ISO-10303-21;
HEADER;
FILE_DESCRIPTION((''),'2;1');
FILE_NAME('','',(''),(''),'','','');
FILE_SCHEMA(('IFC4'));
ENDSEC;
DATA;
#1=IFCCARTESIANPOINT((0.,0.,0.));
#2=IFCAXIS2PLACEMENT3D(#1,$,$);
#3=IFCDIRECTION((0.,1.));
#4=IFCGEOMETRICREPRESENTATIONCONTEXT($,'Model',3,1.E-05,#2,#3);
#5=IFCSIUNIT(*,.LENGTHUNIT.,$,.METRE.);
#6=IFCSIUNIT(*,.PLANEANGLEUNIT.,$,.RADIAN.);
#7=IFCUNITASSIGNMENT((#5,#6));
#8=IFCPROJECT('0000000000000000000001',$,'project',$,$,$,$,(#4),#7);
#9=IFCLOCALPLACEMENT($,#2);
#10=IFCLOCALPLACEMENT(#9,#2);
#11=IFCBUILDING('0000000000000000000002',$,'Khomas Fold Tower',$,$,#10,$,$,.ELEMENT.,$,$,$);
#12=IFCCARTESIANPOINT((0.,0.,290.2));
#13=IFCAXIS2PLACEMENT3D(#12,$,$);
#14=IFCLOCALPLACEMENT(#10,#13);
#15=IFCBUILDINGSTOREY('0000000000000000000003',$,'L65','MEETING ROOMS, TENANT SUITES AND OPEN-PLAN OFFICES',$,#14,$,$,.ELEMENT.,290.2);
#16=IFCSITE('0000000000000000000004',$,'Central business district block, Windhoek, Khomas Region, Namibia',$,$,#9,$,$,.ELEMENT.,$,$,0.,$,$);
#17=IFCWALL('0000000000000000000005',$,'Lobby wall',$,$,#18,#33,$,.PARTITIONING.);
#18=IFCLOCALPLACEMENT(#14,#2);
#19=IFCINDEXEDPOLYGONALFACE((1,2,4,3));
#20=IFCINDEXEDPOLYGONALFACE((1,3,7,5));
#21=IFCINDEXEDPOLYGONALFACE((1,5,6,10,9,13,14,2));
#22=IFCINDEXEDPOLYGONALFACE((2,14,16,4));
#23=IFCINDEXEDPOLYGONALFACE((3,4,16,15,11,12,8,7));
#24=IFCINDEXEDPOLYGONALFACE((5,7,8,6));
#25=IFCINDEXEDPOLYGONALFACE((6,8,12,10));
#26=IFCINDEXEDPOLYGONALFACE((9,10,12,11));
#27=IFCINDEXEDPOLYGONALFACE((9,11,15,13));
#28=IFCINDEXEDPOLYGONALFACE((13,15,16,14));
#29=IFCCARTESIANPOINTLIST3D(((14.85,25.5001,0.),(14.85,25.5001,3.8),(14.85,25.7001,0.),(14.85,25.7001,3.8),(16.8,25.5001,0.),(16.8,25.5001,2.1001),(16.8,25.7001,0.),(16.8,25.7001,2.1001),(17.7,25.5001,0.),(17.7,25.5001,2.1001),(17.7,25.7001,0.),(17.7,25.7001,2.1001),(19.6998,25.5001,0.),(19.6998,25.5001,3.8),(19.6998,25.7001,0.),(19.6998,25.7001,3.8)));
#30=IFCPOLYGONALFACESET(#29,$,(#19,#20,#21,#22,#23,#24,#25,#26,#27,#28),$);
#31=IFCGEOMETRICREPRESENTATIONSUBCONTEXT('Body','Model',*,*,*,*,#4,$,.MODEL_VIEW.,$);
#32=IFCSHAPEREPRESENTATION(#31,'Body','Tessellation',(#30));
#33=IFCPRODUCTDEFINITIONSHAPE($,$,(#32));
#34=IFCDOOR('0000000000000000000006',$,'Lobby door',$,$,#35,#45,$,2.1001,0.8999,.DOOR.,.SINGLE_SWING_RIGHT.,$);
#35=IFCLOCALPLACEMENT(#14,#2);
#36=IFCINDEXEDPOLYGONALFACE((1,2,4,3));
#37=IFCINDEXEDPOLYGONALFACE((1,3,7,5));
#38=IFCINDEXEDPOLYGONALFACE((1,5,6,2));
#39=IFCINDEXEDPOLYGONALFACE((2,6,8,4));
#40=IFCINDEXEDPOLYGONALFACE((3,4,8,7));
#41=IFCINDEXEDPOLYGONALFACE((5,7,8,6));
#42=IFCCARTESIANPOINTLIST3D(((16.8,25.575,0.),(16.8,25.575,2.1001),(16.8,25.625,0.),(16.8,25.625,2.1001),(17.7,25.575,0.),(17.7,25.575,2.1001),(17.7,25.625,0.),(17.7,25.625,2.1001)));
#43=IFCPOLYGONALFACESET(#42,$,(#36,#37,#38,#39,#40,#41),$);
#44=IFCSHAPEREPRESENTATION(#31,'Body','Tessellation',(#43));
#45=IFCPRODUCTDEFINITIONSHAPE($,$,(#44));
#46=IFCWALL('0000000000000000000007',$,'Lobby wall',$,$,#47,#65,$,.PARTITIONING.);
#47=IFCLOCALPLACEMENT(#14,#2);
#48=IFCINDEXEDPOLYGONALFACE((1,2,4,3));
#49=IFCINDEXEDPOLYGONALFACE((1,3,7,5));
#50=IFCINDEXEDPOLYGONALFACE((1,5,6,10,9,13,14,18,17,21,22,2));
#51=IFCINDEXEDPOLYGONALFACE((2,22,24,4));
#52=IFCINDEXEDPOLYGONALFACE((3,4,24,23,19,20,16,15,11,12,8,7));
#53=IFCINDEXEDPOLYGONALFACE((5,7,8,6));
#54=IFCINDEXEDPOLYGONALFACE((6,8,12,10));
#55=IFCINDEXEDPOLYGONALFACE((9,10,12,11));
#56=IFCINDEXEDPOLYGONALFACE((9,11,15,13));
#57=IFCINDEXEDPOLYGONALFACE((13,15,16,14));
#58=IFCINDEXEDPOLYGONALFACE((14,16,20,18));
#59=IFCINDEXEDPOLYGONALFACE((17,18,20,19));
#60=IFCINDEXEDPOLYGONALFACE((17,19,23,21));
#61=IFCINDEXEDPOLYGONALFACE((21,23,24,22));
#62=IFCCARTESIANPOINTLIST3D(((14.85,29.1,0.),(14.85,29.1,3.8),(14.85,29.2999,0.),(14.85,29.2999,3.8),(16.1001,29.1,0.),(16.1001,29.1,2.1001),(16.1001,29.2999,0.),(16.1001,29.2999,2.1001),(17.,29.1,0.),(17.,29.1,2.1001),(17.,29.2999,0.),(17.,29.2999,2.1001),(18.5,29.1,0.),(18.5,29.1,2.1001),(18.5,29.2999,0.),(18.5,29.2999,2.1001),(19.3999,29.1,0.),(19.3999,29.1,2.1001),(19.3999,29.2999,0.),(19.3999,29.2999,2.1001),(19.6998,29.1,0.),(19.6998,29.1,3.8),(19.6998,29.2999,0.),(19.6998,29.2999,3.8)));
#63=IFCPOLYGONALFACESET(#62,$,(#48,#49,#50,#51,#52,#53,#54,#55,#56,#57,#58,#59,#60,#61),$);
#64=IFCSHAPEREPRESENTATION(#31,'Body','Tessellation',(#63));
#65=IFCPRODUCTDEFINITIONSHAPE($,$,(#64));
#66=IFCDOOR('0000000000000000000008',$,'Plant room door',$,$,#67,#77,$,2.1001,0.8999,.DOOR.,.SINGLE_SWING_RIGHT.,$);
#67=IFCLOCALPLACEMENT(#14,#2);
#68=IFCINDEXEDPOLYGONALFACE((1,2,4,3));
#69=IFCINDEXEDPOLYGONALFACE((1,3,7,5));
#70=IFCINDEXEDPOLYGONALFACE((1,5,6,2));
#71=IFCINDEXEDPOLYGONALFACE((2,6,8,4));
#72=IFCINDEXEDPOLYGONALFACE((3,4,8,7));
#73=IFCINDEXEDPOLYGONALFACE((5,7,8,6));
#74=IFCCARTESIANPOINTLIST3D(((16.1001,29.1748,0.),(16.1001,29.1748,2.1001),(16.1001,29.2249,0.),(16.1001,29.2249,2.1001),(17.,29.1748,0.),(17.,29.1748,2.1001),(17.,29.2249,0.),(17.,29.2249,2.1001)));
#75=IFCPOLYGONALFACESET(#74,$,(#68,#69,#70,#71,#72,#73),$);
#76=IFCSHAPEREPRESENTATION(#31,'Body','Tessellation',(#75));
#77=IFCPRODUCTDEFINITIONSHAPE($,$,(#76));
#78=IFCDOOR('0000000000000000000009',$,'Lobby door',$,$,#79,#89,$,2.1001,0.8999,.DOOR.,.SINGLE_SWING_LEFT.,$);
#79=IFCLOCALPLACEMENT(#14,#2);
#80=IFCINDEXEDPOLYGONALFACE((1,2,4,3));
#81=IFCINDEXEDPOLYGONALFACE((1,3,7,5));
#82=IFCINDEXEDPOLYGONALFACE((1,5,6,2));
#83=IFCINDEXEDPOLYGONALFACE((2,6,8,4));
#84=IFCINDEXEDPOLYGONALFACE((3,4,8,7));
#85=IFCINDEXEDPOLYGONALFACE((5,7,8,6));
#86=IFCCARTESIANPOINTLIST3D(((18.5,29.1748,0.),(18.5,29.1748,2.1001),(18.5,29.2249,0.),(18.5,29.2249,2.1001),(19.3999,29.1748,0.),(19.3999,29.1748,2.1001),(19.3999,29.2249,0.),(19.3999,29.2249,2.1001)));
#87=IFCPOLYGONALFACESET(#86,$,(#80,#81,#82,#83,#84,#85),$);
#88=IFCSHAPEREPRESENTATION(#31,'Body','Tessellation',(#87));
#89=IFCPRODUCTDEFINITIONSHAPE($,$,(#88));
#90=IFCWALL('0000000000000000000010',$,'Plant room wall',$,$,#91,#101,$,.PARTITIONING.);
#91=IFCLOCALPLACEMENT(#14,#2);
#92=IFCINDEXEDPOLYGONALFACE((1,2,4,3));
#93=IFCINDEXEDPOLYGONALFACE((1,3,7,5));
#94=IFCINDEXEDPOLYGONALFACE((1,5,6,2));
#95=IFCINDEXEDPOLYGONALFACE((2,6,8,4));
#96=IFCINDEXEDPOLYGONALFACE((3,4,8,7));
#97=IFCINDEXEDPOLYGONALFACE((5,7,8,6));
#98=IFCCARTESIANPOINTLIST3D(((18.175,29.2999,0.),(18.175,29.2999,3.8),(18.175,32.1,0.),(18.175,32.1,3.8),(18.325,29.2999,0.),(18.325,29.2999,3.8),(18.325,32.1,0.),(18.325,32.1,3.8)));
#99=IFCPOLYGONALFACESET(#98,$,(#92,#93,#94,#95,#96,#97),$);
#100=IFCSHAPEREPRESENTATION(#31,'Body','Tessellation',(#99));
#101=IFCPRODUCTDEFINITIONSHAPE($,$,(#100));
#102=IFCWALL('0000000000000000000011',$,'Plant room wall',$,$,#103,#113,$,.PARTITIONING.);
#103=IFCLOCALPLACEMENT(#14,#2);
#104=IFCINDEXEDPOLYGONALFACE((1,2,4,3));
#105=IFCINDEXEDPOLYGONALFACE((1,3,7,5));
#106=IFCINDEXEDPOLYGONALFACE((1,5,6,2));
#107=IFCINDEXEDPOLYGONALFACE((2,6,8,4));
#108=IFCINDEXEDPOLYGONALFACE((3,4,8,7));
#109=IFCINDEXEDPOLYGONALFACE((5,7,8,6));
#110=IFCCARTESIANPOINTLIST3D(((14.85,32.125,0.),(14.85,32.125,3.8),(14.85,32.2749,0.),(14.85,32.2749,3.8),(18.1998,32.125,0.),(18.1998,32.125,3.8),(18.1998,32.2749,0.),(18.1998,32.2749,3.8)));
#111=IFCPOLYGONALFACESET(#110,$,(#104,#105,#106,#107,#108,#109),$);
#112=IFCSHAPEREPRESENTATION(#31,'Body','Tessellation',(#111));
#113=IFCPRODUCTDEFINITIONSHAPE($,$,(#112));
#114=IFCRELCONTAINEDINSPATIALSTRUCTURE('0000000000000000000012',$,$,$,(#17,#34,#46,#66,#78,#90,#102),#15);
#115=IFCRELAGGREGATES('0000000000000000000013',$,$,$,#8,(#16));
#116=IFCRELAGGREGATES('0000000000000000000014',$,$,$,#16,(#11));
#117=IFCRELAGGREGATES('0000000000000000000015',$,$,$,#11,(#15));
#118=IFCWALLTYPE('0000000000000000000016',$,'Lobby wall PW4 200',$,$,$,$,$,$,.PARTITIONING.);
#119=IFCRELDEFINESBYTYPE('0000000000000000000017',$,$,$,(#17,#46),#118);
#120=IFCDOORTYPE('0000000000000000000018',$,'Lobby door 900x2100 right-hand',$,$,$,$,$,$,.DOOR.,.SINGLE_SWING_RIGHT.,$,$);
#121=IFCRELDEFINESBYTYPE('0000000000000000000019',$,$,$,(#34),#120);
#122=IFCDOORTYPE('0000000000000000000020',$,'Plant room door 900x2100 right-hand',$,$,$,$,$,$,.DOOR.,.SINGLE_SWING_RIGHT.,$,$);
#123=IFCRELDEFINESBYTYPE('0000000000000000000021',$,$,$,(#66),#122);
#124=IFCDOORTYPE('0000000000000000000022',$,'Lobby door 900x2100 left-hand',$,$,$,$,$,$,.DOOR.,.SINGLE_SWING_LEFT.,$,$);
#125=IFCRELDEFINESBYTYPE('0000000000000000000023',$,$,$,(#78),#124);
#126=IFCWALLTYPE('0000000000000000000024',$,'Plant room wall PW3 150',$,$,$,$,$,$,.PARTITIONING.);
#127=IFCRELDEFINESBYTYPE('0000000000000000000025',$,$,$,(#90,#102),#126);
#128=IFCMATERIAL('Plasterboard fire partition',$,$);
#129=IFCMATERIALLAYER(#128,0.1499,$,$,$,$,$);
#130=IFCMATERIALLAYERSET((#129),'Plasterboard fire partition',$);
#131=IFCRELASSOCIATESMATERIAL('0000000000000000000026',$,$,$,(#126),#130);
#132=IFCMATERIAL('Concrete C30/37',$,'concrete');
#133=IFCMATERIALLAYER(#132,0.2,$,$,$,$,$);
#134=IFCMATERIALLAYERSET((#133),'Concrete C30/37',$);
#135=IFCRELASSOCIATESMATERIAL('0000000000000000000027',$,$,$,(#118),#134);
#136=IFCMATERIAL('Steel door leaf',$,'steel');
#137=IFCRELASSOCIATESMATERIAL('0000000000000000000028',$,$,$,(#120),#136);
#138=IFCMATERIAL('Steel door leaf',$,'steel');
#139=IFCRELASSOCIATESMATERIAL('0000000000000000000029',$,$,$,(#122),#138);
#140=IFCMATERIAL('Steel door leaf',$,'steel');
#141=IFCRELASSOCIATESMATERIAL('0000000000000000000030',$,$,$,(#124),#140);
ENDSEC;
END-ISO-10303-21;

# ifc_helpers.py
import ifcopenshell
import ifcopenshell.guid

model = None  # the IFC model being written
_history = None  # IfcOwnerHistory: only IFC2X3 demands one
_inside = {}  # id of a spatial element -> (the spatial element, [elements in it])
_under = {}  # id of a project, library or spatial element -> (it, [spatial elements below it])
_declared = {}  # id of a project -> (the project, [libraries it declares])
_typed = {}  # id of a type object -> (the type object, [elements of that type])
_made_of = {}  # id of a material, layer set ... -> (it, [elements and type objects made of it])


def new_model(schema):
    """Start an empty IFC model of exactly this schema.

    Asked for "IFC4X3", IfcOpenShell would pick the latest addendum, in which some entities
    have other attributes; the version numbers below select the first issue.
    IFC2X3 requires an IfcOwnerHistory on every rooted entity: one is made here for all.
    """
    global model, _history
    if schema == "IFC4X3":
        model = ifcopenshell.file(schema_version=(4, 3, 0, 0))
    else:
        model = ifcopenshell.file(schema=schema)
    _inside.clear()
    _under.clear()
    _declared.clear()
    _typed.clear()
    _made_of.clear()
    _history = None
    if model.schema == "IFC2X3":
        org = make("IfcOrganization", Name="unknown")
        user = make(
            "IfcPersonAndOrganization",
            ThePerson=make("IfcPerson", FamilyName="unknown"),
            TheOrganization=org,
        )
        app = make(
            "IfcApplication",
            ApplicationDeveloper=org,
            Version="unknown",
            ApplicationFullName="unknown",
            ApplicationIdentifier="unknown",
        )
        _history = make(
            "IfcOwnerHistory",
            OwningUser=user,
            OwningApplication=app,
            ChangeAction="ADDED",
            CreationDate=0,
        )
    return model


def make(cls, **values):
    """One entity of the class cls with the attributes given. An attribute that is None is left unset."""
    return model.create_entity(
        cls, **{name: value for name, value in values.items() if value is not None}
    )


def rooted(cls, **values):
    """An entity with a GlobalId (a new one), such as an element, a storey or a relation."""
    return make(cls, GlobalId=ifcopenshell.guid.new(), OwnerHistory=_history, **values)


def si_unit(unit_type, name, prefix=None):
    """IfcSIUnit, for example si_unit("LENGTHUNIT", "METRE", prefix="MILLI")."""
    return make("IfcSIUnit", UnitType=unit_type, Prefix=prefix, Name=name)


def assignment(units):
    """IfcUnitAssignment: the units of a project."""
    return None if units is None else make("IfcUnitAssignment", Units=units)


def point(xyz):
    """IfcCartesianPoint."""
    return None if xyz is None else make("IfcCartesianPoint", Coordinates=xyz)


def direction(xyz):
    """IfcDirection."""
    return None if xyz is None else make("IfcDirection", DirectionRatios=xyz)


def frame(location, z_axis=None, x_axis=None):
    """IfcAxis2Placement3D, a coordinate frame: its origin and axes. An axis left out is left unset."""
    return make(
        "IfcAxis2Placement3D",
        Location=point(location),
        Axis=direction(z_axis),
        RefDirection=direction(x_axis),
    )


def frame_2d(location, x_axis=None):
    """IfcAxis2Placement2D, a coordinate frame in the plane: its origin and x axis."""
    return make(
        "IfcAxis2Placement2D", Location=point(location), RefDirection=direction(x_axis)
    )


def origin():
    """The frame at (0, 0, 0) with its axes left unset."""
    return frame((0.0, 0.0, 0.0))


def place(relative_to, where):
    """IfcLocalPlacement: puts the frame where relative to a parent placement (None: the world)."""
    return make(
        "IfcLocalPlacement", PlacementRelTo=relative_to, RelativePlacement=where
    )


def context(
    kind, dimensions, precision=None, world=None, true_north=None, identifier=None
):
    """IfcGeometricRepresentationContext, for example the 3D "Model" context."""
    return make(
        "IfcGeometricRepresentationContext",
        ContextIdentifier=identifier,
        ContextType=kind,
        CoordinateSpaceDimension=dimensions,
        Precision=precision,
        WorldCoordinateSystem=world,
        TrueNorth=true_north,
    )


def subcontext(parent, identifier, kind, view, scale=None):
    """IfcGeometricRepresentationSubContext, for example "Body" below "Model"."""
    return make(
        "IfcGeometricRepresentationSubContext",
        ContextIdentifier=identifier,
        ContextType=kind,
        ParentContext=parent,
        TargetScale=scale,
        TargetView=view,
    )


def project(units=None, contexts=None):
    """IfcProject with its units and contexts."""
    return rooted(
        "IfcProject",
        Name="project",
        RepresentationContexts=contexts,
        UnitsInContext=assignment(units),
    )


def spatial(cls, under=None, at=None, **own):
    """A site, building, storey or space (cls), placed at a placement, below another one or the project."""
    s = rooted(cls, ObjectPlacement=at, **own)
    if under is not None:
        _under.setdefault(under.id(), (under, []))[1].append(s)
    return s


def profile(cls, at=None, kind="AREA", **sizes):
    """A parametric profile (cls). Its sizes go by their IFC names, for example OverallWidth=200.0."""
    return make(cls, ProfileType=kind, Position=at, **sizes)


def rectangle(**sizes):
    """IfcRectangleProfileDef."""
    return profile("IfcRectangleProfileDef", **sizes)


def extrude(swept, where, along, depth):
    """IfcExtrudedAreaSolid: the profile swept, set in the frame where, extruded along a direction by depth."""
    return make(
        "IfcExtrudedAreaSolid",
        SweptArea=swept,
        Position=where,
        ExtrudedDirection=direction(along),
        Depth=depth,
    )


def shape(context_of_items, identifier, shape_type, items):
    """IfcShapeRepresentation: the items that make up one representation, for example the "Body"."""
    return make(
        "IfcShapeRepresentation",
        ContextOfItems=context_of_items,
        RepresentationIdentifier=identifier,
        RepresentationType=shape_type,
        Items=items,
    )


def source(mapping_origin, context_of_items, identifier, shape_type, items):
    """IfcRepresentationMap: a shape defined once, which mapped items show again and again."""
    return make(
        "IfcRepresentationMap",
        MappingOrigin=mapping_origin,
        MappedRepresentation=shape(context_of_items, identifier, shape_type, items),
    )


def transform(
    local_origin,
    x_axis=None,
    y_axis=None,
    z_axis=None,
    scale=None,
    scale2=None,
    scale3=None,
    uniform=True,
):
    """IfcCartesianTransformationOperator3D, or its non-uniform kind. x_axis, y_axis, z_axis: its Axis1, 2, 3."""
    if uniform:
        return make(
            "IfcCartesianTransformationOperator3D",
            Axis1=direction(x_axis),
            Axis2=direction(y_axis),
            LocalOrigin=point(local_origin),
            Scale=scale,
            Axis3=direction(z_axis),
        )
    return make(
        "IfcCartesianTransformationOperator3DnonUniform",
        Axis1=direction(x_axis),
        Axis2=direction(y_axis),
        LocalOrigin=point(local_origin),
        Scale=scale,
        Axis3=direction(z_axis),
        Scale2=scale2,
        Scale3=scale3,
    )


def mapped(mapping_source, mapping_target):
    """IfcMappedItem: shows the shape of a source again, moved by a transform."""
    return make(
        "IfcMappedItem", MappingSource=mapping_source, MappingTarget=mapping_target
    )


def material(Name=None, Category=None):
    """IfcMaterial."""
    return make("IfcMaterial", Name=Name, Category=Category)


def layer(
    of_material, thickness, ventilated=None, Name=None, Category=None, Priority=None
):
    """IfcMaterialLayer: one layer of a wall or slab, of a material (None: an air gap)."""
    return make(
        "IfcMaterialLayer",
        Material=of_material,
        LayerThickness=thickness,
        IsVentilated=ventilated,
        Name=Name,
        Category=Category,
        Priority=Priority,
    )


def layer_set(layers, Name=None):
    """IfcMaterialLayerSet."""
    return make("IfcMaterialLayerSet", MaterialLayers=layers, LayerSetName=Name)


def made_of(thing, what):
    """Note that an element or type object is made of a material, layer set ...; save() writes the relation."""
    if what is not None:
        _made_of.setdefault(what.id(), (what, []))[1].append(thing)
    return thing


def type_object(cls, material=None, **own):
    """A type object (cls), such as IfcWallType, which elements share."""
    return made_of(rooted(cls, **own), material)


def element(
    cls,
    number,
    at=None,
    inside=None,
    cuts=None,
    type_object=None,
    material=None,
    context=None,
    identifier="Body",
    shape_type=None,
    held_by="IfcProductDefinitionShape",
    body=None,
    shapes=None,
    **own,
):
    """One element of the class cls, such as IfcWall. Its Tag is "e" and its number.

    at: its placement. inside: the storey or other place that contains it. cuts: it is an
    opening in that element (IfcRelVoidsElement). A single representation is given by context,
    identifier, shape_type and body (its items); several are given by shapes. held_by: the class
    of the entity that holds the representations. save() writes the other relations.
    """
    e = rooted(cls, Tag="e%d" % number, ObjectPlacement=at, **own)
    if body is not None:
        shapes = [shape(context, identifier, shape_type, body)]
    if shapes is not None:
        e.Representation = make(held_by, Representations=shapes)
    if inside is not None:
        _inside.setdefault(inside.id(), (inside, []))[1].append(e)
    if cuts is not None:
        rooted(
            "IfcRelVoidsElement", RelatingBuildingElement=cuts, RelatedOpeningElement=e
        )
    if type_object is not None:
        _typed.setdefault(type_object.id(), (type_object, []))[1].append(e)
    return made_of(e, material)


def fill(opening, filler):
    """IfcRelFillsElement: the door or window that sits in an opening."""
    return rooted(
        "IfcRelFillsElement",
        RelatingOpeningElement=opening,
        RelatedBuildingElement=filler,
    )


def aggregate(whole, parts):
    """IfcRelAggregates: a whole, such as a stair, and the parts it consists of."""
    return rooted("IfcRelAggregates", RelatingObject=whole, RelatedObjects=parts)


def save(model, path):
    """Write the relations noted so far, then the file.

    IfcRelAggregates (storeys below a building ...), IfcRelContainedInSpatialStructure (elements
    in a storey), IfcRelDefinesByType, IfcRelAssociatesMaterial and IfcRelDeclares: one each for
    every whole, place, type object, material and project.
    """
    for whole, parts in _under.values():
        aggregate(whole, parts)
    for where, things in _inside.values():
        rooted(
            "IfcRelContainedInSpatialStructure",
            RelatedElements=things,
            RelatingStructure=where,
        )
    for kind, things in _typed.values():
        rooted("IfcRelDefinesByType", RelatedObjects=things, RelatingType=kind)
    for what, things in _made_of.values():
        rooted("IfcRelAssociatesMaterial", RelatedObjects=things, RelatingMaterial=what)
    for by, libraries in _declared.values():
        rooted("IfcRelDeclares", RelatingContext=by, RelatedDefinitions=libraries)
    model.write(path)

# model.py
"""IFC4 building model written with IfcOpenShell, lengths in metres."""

from ifc_helpers import new_model, si_unit, direction, frame, frame_2d, origin, place, context, subcontext, project, spatial, rectangle, extrude, source, transform, mapped, material, layer, layer_set, type_object, element, fill, save


model = new_model("IFC4")

# Units and contexts
model_context = context("Model", 3, precision=1e-05, world=origin(), true_north=direction((0.0, 1.0)))
body_context = subcontext(model_context, "Body", "Model", "MODEL_VIEW")
ifc_project = project(units=[si_unit("LENGTHUNIT", "METRE"), si_unit("PLANEANGLEUNIT", "RADIAN")], contexts=[model_context])

# Site, building, storey
site_placement = place(None, origin())
site = spatial("IfcSite", under=ifc_project, at=site_placement, Name="Central business district block, Windhoek, Khomas Region, Namibia", CompositionType="ELEMENT", RefElevation=0.0)
building_placement = place(site_placement, origin())
building = spatial("IfcBuilding", under=site, at=building_placement, Name="Khomas Fold Tower", CompositionType="ELEMENT")
storey_placement = place(building_placement, frame((0.0, 0.0, 290.2)))
storey = spatial("IfcBuildingStorey", under=building, at=storey_placement, Name="L65", Description="MEETING ROOMS, TENANT SUITES AND OPEN-PLAN OFFICES", CompositionType="ELEMENT", Elevation=290.2)

# Shared definitions
ifc_material_1 = material(Name="Plasterboard fire partition")
ifc_layer_1 = layer(ifc_material_1, 0.1499)
ifc_layer_set_1 = layer_set([ifc_layer_1], Name="Plasterboard fire partition")
wall_type_1 = type_object("IfcWallType", Name="Plant room wall PW3 150", PredefinedType="PARTITIONING", material=ifc_layer_set_1)

# Wall, opening, door
ifc_material_2 = material(Name="Concrete C30/37", Category="concrete")
ifc_layer_2 = layer(ifc_material_2, 0.2)
ifc_layer_set_2 = layer_set([ifc_layer_2], Name="Concrete C30/37")
wall_type_2 = type_object("IfcWallType", Name="Lobby wall PW4 200", PredefinedType="PARTITIONING", material=ifc_layer_set_2)
shared_shape_1 = source(origin(), body_context, "Body", "SweptSolid", [
    extrude(rectangle(XDim=4.8499, YDim=0.2, at=frame_2d((2.4248, 0.0))), origin(), (0.0, 0.0, 1.0), 3.8),
])
wall_1_placement = place(storey_placement, frame((14.8501, 25.6001, 0.0), z_axis=(0.0, 0.0, 1.0), x_axis=(1.0, 0.0, 0.0)))
wall_1 = element("IfcWall", 1, at=wall_1_placement, inside=storey, type_object=wall_type_2, Name="Lobby wall", PredefinedType="PARTITIONING", context=body_context, shape_type="MappedRepresentation", body=[
    mapped(shared_shape_1, transform((0.0, 0.0, 0.0))),
])
shared_shape_2 = source(origin(), body_context, "Body", "SweptSolid", [
    extrude(rectangle(XDim=0.8999, YDim=2.1001, at=frame_2d((0.45, 1.05))), frame((0.0, 0.1099, 0.0), z_axis=(0.0, -1.0, 0.0), x_axis=(1.0, 0.0, 0.0)), (0.0, 0.0, 1.0), 0.22),
])
opening_1_placement = place(wall_1_placement, frame((1.95, 0.0, 0.0)))
opening_1 = element("IfcOpeningElement", 2, at=opening_1_placement, cuts=wall_1, PredefinedType="OPENING", context=body_context, shape_type="MappedRepresentation", body=[
    mapped(shared_shape_2, transform((0.0, 0.0, 0.0))),
])
ifc_material_3 = material(Name="Steel door leaf", Category="steel")
door_type_1 = type_object("IfcDoorType", Name="Lobby door 900x2100 right-hand", OperationType="SINGLE_SWING_RIGHT", PredefinedType="DOOR", material=ifc_material_3)
shared_shape_3 = source(origin(), body_context, "Body", "SweptSolid", [
    extrude(rectangle(XDim=0.8999, YDim=2.1001, at=frame_2d((0.45, 1.05))), frame((0.0, 0.0249, 0.0), z_axis=(0.0, -1.0, 0.0), x_axis=(1.0, 0.0, 0.0)), (0.0, 0.0, 1.0), 0.05),
])
door_1_placement = place(opening_1_placement, origin())
door_1 = element("IfcDoor", 3, at=door_1_placement, inside=storey, type_object=door_type_1, Name="Lobby door", OperationType="SINGLE_SWING_RIGHT", OverallHeight=2.1001, OverallWidth=0.8999, PredefinedType="DOOR", context=body_context, shape_type="MappedRepresentation", body=[
    mapped(shared_shape_3, transform((0.0, 0.0, 0.0))),
])
fill(opening_1, door_1)

# Wall, openings, doors
wall_2_placement = place(storey_placement, frame((14.8501, 29.2, 0.0), z_axis=(0.0, 0.0, 1.0), x_axis=(1.0, 0.0, 0.0)))
wall_2 = element("IfcWall", 4, at=wall_2_placement, inside=storey, type_object=wall_type_2, Name="Lobby wall", PredefinedType="PARTITIONING", context=body_context, shape_type="MappedRepresentation", body=[
    mapped(shared_shape_1, transform((0.0, 0.0, 0.0))),
])
opening_2_placement = place(wall_2_placement, frame((1.25, 0.0, 0.0)))
opening_2 = element("IfcOpeningElement", 5, at=opening_2_placement, cuts=wall_2, PredefinedType="OPENING", context=body_context, shape_type="MappedRepresentation", body=[
    mapped(shared_shape_2, transform((0.0, 0.0, 0.0))),
])
opening_3_placement = place(wall_2_placement, frame((3.6499, 0.0, 0.0)))
opening_3 = element("IfcOpeningElement", 6, at=opening_3_placement, cuts=wall_2, PredefinedType="OPENING", context=body_context, shape_type="MappedRepresentation", body=[
    mapped(shared_shape_2, transform((0.0, 0.0, 0.0))),
])
ifc_material_4 = material(Name="Steel door leaf", Category="steel")
door_type_2 = type_object("IfcDoorType", Name="Plant room door 900x2100 right-hand", OperationType="SINGLE_SWING_RIGHT", PredefinedType="DOOR", material=ifc_material_4)
door_2_placement = place(opening_2_placement, origin())
door_2 = element("IfcDoor", 7, at=door_2_placement, inside=storey, type_object=door_type_2, Name="Plant room door", OperationType="SINGLE_SWING_RIGHT", OverallHeight=2.1001, OverallWidth=0.8999, PredefinedType="DOOR", context=body_context, shape_type="MappedRepresentation", body=[
    mapped(shared_shape_3, transform((0.0, 0.0, 0.0))),
])
fill(opening_2, door_2)
ifc_material_5 = material(Name="Steel door leaf", Category="steel")
door_type_3 = type_object("IfcDoorType", Name="Lobby door 900x2100 left-hand", OperationType="SINGLE_SWING_LEFT", PredefinedType="DOOR", material=ifc_material_5)
door_3_placement = place(opening_3_placement, origin())
door_3 = element("IfcDoor", 8, at=door_3_placement, inside=storey, type_object=door_type_3, Name="Lobby door", OperationType="SINGLE_SWING_LEFT", OverallHeight=2.1001, OverallWidth=0.8999, PredefinedType="DOOR", context=body_context, shape_type="MappedRepresentation", body=[
    mapped(shared_shape_3, transform((0.0, 0.0, 0.0))),
])
fill(opening_3, door_3)

# Walls
shared_shape_4 = source(origin(), body_context, "Body", "SweptSolid", [
    extrude(rectangle(XDim=2.8, YDim=0.1499, at=frame_2d((1.3999, 0.0))), origin(), (0.0, 0.0, 1.0), 3.8),
])
wall_3_placement = place(storey_placement, frame((18.25, 29.3, 0.0), z_axis=(0.0, 0.0, 1.0), x_axis=(0.0, 1.0, 0.0)))
element("IfcWall", 9, at=wall_3_placement, inside=storey, type_object=wall_type_1, Name="Plant room wall", PredefinedType="PARTITIONING", context=body_context, shape_type="MappedRepresentation", body=[
    mapped(shared_shape_4, transform((0.0, 0.0, 0.0))),
])
shared_shape_5 = source(origin(), body_context, "Body", "SweptSolid", [
    extrude(rectangle(XDim=3.3499, YDim=0.1499, at=frame_2d((1.6748, 0.0))), origin(), (0.0, 0.0, 1.0), 3.8),
])
wall_4_placement = place(storey_placement, frame((14.8501, 32.2, 0.0), z_axis=(0.0, 0.0, 1.0), x_axis=(1.0, 0.0, 0.0)))
element("IfcWall", 10, at=wall_4_placement, inside=storey, type_object=wall_type_1, Name="Plant room wall", PredefinedType="PARTITIONING", context=body_context, shape_type="MappedRepresentation", body=[
    mapped(shared_shape_5, transform((0.0, 0.0, 0.0))),
])

save(model, "model.ifc")
